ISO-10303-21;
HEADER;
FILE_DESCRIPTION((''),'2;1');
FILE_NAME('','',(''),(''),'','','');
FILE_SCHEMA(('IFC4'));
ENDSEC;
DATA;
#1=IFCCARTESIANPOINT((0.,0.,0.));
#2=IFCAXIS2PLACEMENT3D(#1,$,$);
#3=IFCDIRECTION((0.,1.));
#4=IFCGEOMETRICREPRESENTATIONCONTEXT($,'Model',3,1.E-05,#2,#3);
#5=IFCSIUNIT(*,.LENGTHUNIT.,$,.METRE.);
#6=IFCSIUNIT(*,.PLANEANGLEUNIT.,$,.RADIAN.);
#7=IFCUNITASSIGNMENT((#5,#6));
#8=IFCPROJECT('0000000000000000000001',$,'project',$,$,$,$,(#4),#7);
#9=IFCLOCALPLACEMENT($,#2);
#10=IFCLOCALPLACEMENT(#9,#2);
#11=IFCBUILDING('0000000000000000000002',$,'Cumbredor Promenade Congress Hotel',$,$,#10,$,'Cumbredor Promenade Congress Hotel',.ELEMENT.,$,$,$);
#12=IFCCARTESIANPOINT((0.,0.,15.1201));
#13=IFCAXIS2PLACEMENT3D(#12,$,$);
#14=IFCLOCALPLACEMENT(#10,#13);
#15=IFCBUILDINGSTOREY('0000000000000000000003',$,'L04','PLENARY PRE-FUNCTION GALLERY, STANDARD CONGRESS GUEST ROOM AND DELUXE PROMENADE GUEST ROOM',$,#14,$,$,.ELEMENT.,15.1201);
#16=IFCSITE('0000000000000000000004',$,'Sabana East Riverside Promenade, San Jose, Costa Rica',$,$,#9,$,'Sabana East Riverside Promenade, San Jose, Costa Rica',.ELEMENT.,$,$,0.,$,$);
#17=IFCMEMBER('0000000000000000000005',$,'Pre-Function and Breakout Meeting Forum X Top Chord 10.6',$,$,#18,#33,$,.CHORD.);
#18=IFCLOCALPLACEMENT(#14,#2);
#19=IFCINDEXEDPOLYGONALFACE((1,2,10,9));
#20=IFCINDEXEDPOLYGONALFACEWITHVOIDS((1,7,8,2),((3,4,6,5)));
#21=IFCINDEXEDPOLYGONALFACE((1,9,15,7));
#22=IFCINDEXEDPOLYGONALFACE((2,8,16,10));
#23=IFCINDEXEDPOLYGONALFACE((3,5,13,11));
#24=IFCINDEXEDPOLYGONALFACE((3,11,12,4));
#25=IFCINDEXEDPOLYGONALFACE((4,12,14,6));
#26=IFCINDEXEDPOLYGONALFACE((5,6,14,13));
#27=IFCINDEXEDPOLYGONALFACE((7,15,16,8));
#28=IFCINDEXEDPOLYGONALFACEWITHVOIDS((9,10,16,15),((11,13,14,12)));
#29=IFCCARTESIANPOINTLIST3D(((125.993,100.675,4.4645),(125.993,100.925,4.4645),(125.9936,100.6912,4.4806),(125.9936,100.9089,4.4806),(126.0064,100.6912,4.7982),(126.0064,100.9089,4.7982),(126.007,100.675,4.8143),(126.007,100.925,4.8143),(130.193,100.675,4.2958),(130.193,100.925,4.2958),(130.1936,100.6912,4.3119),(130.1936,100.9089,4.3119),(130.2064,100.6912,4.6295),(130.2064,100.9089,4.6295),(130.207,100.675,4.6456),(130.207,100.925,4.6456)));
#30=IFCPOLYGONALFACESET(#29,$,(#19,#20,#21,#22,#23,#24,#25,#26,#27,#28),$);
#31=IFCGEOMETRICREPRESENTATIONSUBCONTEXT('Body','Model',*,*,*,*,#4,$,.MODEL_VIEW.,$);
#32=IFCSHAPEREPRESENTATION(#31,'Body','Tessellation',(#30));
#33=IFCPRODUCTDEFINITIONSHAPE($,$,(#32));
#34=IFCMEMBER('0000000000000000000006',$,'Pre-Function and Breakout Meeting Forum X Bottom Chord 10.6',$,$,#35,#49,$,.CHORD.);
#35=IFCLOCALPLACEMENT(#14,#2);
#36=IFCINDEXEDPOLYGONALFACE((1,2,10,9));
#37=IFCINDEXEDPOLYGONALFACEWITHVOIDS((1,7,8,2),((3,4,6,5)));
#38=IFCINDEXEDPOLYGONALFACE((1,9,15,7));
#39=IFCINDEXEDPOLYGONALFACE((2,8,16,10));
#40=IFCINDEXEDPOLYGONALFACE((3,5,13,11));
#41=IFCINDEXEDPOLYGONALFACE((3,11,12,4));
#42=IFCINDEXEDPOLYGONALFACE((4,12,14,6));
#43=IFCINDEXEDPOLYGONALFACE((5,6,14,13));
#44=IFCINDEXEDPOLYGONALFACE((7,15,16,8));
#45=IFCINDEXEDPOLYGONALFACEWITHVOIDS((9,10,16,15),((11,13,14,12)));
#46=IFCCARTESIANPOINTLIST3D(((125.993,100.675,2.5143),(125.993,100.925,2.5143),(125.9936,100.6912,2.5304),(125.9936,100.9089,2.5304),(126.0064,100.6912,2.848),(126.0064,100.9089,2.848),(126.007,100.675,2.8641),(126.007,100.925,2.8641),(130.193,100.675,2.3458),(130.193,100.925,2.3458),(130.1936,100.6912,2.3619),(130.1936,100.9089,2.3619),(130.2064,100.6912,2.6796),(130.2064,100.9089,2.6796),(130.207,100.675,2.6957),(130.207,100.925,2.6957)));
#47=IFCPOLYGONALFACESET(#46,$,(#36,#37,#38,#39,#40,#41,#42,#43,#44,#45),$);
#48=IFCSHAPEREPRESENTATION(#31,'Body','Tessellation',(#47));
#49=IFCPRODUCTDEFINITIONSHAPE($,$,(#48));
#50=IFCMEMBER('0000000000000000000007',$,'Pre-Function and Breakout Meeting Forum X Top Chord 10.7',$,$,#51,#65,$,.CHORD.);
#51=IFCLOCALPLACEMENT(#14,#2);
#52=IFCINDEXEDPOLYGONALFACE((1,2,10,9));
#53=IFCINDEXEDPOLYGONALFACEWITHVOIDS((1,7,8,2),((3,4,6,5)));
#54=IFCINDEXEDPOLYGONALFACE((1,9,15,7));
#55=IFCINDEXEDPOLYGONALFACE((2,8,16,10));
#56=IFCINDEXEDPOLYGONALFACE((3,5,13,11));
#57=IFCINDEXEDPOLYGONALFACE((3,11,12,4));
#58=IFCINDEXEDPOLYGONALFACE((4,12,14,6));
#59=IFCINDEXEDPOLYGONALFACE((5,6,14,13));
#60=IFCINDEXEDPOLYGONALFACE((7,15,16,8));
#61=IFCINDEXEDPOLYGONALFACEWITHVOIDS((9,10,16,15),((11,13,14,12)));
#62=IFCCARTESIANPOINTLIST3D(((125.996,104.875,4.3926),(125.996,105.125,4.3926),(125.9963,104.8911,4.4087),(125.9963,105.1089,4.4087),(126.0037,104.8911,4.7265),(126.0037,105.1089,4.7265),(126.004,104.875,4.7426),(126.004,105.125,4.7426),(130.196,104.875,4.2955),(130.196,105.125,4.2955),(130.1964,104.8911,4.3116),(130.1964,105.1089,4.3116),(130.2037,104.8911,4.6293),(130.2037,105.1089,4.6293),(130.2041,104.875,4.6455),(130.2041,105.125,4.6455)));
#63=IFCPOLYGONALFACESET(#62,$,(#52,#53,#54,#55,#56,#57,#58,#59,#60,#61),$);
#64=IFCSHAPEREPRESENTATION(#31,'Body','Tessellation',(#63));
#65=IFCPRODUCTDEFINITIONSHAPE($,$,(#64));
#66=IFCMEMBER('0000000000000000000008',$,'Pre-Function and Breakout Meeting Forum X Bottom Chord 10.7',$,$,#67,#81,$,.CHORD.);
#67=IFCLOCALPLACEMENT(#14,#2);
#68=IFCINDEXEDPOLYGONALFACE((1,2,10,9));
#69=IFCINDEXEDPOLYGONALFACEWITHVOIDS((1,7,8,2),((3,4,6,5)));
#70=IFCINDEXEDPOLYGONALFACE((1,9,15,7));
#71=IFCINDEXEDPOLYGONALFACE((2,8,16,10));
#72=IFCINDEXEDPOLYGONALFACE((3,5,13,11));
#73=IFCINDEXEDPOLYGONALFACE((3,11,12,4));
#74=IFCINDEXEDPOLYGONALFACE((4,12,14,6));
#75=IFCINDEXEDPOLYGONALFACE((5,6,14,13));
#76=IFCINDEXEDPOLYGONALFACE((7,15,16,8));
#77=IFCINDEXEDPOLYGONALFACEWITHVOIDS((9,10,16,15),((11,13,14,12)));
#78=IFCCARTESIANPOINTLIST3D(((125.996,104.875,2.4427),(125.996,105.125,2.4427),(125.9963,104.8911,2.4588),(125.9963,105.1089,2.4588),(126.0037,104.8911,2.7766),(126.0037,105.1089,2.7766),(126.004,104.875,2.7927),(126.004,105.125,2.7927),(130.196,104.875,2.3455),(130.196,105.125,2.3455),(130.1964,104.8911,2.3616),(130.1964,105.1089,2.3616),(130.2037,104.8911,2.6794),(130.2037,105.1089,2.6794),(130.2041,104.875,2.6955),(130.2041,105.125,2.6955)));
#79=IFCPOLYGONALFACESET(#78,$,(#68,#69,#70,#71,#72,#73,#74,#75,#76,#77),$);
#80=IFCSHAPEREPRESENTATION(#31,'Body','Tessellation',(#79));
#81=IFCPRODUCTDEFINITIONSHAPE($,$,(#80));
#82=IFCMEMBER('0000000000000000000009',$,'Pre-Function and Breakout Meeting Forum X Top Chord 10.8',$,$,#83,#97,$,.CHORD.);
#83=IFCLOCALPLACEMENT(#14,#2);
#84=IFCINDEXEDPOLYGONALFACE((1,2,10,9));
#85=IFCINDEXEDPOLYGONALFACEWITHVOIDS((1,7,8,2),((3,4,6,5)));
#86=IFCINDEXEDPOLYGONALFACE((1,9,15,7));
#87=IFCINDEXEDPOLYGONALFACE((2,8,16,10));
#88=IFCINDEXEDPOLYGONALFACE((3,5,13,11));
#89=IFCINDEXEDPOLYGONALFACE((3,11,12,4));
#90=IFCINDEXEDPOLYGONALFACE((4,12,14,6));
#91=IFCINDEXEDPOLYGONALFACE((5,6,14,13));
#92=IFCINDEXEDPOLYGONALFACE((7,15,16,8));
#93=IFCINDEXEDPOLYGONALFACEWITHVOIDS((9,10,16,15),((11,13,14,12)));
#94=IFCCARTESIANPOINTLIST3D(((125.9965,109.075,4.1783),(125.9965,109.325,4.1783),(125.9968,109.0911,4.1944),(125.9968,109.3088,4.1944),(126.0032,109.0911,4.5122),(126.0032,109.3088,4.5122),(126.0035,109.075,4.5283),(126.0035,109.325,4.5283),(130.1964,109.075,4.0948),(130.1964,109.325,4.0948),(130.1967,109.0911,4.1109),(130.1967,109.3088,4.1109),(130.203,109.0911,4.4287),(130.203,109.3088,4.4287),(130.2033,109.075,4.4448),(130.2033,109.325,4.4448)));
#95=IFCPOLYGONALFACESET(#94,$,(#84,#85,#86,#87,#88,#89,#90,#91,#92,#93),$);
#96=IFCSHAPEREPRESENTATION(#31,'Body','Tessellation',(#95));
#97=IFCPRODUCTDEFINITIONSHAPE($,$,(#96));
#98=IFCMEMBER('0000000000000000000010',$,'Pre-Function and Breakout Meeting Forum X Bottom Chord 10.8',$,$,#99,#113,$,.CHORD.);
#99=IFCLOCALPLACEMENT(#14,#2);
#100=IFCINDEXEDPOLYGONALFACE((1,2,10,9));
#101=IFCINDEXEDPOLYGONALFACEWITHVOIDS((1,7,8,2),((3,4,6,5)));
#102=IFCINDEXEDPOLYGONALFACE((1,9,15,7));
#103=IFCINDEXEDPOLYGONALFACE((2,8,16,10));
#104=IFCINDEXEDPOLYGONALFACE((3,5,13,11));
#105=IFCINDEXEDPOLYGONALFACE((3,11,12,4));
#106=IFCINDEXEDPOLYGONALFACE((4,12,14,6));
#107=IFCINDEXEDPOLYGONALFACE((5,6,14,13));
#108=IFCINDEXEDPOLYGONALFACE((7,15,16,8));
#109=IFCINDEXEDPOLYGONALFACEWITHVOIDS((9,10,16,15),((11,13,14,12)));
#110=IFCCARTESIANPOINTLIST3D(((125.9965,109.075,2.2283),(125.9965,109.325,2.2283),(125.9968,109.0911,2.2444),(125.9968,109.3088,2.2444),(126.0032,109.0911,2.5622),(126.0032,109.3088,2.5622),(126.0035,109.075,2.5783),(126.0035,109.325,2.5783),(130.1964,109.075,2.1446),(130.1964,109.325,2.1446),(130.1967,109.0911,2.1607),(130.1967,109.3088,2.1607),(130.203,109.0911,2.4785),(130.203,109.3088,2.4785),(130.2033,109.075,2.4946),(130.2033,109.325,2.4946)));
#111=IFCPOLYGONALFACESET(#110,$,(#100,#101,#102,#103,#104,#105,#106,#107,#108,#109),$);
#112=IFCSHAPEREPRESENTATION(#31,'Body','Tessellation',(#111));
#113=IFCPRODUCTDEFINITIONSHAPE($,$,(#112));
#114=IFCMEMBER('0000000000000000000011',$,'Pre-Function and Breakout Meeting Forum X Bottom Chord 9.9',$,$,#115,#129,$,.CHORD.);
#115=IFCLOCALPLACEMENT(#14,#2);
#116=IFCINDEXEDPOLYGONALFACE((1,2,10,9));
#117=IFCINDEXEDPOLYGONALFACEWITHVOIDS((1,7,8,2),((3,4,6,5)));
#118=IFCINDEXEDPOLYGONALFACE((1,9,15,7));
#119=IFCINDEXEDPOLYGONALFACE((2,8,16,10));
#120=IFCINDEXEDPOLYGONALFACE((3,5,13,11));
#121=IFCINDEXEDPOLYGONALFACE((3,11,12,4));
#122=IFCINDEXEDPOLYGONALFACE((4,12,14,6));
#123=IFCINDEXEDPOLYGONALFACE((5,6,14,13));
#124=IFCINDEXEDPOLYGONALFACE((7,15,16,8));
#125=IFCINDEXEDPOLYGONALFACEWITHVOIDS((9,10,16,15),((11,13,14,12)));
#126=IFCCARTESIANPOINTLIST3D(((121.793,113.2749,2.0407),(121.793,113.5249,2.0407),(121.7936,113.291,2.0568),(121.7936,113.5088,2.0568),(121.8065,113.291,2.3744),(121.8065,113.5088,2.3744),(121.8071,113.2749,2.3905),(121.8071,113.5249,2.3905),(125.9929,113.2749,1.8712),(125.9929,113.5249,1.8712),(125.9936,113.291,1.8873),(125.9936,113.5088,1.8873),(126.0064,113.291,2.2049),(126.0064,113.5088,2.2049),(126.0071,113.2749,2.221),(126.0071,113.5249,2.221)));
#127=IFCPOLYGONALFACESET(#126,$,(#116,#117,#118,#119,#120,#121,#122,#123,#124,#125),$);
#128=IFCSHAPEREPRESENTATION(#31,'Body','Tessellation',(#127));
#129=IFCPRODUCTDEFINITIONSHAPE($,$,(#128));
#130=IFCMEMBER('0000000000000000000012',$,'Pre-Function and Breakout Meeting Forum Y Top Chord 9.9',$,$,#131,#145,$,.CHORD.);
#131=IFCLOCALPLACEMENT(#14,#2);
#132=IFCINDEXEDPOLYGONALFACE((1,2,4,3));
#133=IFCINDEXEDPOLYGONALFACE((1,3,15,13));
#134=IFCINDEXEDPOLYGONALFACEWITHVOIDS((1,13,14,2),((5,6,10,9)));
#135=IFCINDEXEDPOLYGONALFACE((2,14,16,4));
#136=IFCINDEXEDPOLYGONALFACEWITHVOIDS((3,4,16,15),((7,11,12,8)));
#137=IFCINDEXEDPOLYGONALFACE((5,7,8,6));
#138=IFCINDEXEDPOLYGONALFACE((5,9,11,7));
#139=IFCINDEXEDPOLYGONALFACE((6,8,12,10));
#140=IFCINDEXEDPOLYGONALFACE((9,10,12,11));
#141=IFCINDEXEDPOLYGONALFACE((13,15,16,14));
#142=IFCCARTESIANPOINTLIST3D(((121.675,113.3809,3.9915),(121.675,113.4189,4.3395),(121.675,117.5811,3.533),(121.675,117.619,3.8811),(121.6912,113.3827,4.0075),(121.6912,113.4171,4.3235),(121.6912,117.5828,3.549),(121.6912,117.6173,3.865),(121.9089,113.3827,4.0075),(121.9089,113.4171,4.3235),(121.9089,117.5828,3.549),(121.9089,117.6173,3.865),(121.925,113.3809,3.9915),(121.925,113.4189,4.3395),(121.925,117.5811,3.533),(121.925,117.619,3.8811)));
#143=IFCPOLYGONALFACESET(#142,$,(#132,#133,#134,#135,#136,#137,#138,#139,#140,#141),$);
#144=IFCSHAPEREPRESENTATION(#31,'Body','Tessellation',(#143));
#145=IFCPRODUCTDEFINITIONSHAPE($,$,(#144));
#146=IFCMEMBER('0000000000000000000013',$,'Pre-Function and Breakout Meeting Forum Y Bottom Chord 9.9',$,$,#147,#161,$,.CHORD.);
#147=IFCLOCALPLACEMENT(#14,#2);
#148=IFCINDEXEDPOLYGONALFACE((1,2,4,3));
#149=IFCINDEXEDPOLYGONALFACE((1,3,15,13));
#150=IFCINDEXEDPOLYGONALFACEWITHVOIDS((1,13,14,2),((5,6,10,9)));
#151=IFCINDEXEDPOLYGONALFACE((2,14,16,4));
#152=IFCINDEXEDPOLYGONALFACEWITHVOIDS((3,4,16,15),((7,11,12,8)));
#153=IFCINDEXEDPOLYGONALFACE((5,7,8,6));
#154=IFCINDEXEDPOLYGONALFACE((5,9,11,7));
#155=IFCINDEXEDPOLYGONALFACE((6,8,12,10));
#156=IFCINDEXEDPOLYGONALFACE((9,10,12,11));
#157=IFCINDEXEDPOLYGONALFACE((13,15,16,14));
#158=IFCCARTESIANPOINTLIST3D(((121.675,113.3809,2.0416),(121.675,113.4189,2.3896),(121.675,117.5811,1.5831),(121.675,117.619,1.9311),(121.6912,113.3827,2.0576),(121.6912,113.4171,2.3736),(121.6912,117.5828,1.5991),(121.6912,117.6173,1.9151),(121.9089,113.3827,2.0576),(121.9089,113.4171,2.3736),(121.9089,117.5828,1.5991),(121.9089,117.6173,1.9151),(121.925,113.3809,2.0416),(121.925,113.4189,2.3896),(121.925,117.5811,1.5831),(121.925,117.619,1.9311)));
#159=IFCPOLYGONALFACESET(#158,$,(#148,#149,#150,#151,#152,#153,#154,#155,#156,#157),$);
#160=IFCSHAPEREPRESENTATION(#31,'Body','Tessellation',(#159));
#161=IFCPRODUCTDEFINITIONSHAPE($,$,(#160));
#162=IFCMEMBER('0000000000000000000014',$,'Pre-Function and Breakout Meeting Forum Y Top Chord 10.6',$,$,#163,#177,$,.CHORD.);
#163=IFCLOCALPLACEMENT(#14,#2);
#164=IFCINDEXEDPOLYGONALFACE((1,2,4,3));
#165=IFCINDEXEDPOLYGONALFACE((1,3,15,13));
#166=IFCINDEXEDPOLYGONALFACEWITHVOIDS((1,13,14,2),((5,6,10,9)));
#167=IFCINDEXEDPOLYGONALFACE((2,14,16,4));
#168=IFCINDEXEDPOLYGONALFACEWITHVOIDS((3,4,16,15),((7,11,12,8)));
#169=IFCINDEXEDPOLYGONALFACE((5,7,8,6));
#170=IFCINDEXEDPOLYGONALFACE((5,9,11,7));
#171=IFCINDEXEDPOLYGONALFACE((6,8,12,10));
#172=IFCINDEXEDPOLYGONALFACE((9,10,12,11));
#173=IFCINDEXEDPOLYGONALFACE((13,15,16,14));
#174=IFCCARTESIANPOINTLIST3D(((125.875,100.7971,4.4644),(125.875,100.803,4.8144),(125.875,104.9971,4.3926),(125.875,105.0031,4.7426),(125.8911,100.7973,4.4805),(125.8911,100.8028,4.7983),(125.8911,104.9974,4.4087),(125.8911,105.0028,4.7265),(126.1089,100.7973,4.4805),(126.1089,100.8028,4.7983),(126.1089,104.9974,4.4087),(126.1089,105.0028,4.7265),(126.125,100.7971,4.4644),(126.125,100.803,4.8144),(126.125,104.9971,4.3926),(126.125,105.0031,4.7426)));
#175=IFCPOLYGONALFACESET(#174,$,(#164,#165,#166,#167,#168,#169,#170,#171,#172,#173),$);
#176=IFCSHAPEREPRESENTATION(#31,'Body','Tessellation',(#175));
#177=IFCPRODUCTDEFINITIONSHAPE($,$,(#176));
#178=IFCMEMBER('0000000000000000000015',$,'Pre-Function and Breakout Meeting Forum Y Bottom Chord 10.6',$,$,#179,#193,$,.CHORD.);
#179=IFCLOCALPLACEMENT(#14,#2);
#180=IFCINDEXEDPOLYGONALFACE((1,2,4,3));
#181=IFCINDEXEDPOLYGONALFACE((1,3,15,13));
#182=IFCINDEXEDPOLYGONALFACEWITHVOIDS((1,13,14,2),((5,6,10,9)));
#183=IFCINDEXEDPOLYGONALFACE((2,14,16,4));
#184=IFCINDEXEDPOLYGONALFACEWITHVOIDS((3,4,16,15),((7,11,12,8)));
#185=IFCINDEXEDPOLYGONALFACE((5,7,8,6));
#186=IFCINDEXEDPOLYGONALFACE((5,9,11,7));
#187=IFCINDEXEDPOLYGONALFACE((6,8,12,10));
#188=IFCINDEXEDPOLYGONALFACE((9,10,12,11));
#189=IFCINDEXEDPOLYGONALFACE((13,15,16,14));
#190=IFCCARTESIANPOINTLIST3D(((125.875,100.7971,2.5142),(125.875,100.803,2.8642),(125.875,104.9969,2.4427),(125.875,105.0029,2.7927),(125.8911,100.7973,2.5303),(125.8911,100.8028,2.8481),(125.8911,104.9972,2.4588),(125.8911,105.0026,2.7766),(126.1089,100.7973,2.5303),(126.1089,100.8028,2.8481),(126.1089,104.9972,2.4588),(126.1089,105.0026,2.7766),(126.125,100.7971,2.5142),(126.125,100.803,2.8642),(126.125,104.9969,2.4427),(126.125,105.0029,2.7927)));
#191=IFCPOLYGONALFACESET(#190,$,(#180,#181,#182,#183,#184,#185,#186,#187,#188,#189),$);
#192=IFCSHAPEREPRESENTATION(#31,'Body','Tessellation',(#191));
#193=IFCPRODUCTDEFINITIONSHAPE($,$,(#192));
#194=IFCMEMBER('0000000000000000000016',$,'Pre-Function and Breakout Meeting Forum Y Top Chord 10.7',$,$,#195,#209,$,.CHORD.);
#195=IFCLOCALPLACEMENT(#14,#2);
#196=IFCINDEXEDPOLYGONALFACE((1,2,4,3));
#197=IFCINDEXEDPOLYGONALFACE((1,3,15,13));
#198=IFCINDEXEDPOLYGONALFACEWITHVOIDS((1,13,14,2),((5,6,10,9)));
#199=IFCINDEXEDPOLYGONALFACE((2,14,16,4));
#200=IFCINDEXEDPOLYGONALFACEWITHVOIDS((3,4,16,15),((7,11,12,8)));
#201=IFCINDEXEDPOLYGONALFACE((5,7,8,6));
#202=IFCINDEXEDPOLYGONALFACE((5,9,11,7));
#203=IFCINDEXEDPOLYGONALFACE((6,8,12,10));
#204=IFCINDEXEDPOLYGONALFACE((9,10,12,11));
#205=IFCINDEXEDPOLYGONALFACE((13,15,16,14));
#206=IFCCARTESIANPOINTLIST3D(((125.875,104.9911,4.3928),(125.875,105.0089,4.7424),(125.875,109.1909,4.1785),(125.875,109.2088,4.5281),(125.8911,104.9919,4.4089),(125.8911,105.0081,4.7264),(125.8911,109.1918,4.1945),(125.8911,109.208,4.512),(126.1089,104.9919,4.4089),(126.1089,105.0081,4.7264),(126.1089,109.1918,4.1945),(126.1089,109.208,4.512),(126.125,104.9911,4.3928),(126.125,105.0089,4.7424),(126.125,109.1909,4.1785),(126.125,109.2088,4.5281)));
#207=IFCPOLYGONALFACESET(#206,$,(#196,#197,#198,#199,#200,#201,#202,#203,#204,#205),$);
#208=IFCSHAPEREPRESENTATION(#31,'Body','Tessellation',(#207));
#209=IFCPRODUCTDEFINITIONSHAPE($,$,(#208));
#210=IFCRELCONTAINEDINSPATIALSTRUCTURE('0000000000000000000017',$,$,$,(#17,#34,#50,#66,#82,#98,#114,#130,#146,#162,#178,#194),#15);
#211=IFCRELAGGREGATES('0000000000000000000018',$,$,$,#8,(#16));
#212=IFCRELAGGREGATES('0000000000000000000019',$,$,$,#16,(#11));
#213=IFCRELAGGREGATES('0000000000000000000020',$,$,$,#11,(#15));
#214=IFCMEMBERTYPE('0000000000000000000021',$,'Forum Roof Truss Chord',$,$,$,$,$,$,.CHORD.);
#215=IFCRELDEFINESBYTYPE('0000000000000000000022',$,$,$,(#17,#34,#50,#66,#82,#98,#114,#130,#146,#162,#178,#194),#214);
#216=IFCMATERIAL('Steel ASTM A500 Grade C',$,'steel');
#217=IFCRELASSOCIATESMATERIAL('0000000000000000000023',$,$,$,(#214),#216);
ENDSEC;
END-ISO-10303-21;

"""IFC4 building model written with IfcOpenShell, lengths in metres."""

from ifc_helpers import new_model, si_unit, direction, frame, origin, origin_2d, place, context, subcontext, project, spatial, hollow_rectangle, extrude, material, material_profile, profile_set, type_object, element, save


model = new_model("IFC4")

# Units and contexts
model_context = context("Model", 3, precision=1e-05, world=origin(), true_north=direction((0.0, 1.0)))
body_context = subcontext(model_context, "Body", "Model", "MODEL_VIEW")
ifc_project = project(units=[si_unit("LENGTHUNIT", "METRE"), si_unit("PLANEANGLEUNIT", "RADIAN")], contexts=[model_context])

# Site, building, storey
site_placement = place(None, origin())
site = spatial("IfcSite", under=ifc_project, at=site_placement, Name="Sabana East Riverside Promenade, San Jose, Costa Rica", LongName="Sabana East Riverside Promenade, San Jose, Costa Rica", CompositionType="ELEMENT", RefElevation=0.0)
building_placement = place(site_placement, origin())
building = spatial("IfcBuilding", under=site, at=building_placement, Name="Cumbredor Promenade Congress Hotel", LongName="Cumbredor Promenade Congress Hotel", CompositionType="ELEMENT")
storey_placement = place(building_placement, frame((0.0, 0.0, 15.1201)))
storey = spatial("IfcBuildingStorey", under=building, at=storey_placement, Name="L04", Description="PLENARY PRE-FUNCTION GALLERY, STANDARD CONGRESS GUEST ROOM AND DELUXE PROMENADE GUEST ROOM", CompositionType="ELEMENT", Elevation=15.1201)

# Members
ifc_material_1 = material(Name="Steel ASTM A500 Grade C", Category="steel")
ifc_material_profile_1 = material_profile(ifc_material_1, hollow_rectangle(XDim=0.25, YDim=0.3501, WallThickness=0.0161, at=origin_2d()), Name="HSS 350x250x16")
ifc_profile_set_1 = profile_set([ifc_material_profile_1], Name="Steel ASTM A500 Grade C")
member_type_1 = type_object("IfcMemberType", Name="Forum Roof Truss Chord", PredefinedType="CHORD", material=ifc_profile_set_1)
for number, where, z_axis, x_axis, name in (
    (1, (126.0, 100.8, 4.6394), (0.999194, 0.0, -0.040135), (0.0, 1.0, 0.0), "Pre-Function and Breakout Meeting Forum X Top Chord 10.6"),
    (2, (126.0, 100.8, 2.6892), (0.999197, 0.0, -0.040077), (0.0, 1.0, 0.0), "Pre-Function and Breakout Meeting Forum X Bottom Chord 10.6"),
):
    element("IfcMember", number, at=place(storey_placement, frame(where, z_axis=z_axis, x_axis=x_axis)), inside=storey, type_object=member_type_1, Name=name, PredefinedType="CHORD", context=body_context, shape_type="SweptSolid", body=[
        extrude(hollow_rectangle(XDim=0.25, YDim=0.3501, WallThickness=0.0161, at=origin_2d()), origin(), (0.0, 0.0, 1.0), 4.2034),
    ])
for number, where, z_axis, x_axis, name in (
    (3, (126.0, 105.0, 4.5676), (0.999732, 0.0, -0.023129), (0.0, 1.0, 0.0), "Pre-Function and Breakout Meeting Forum X Top Chord 10.7"),
    (4, (126.0, 105.0, 2.6177), (0.999732, 0.0, -0.023129), (0.0, 1.0, 0.0), "Pre-Function and Breakout Meeting Forum X Bottom Chord 10.7"),
):
    element("IfcMember", number, at=place(storey_placement, frame(where, z_axis=z_axis, x_axis=x_axis)), inside=storey, type_object=member_type_1, Name=name, PredefinedType="CHORD", context=body_context, shape_type="SweptSolid", body=[
        extrude(hollow_rectangle(XDim=0.25, YDim=0.3501, WallThickness=0.0161, at=origin_2d()), origin(), (0.0, 0.0, 1.0), 4.2012),
    ])
for number, where, z_axis, x_axis, name in (
    (5, (126.0, 109.2, 4.3533), (0.999802, 0.0, -0.019876), (0.0, 1.0, 0.0), "Pre-Function and Breakout Meeting Forum X Top Chord 10.8"),
    (6, (126.0, 109.2, 2.4033), (0.999801, 0.0, -0.019934), (0.0, 1.0, 0.0), "Pre-Function and Breakout Meeting Forum X Bottom Chord 10.8"),
):
    element("IfcMember", number, at=place(storey_placement, frame(where, z_axis=z_axis, x_axis=x_axis)), inside=storey, type_object=member_type_1, Name=name, PredefinedType="CHORD", context=body_context, shape_type="SweptSolid", body=[
        extrude(hollow_rectangle(XDim=0.25, YDim=0.3501, WallThickness=0.0161, at=origin_2d()), origin(), (0.0, 0.0, 1.0), 4.2007),
    ])
member_1_placement = place(storey_placement, frame((121.8, 113.3999, 2.2156), z_axis=(0.999187, 0.0, -0.040309), x_axis=(0.0, 1.0, 0.0)))
element("IfcMember", 7, at=member_1_placement, inside=storey, type_object=member_type_1, Name="Pre-Function and Breakout Meeting Forum X Bottom Chord 9.9", PredefinedType="CHORD", context=body_context, shape_type="SweptSolid", body=[
    extrude(hollow_rectangle(XDim=0.25, YDim=0.3501, WallThickness=0.0161, at=origin_2d()), origin(), (0.0, 0.0, 1.0), 4.2034),
])
for number, where, z_axis, x_axis, name in (
    (8, (121.8, 113.3999, 4.1655), (0.0, 0.994095, -0.108516), (-1.0, 0.0, 0.0), "Pre-Function and Breakout Meeting Forum Y Top Chord 9.9"),
    (9, (121.8, 113.3999, 2.2156), (0.0, 0.994095, -0.108516), (-1.0, 0.0, 0.0), "Pre-Function and Breakout Meeting Forum Y Bottom Chord 9.9"),
):
    element("IfcMember", number, at=place(storey_placement, frame(where, z_axis=z_axis, x_axis=x_axis)), inside=storey, type_object=member_type_1, Name=name, PredefinedType="CHORD", context=body_context, shape_type="SweptSolid", body=[
        extrude(hollow_rectangle(XDim=0.25, YDim=0.3501, WallThickness=0.0161, at=origin_2d()), origin(), (0.0, 0.0, 1.0), 4.2251),
    ])
member_2_placement = place(storey_placement, frame((126.0, 100.8, 4.6394), z_axis=(0.0, 0.999854, -0.017088), x_axis=(-1.0, 0.0, 0.0)))
element("IfcMember", 10, at=member_2_placement, inside=storey, type_object=member_type_1, Name="Pre-Function and Breakout Meeting Forum Y Top Chord 10.6", PredefinedType="CHORD", context=body_context, shape_type="SweptSolid", body=[
    extrude(hollow_rectangle(XDim=0.25, YDim=0.3501, WallThickness=0.0161, at=origin_2d()), origin(), (0.0, 0.0, 1.0), 4.2007),
])
member_3_placement = place(storey_placement, frame((126.0, 100.8, 2.6892), z_axis=(0.0, 0.999855, -0.017029), x_axis=(-1.0, 0.0, 0.0)))
element("IfcMember", 11, at=member_3_placement, inside=storey, type_object=member_type_1, Name="Pre-Function and Breakout Meeting Forum Y Bottom Chord 10.6", PredefinedType="CHORD", context=body_context, shape_type="SweptSolid", body=[
    extrude(hollow_rectangle(XDim=0.25, YDim=0.3501, WallThickness=0.0161, at=origin_2d()), origin(), (0.0, 0.0, 1.0), 4.2004),
])
for number, where, z_axis, x_axis, name in (
    (12, (126.0, 105.0, 4.5676), (0.0, 0.9987, -0.050971), (-1.0, 0.0, 0.0), "Pre-Function and Breakout Meeting Forum Y Top Chord 10.7"),
):
    element("IfcMember", number, at=place(storey_placement, frame(where, z_axis=z_axis, x_axis=x_axis)), inside=storey, type_object=member_type_1, Name=name, PredefinedType="CHORD", context=body_context, shape_type="SweptSolid", body=[
        extrude(hollow_rectangle(XDim=0.25, YDim=0.3501, WallThickness=0.0161, at=origin_2d()), origin(), (0.0, 0.0, 1.0), 4.2053),
    ])

save(model, "model.ifc")
